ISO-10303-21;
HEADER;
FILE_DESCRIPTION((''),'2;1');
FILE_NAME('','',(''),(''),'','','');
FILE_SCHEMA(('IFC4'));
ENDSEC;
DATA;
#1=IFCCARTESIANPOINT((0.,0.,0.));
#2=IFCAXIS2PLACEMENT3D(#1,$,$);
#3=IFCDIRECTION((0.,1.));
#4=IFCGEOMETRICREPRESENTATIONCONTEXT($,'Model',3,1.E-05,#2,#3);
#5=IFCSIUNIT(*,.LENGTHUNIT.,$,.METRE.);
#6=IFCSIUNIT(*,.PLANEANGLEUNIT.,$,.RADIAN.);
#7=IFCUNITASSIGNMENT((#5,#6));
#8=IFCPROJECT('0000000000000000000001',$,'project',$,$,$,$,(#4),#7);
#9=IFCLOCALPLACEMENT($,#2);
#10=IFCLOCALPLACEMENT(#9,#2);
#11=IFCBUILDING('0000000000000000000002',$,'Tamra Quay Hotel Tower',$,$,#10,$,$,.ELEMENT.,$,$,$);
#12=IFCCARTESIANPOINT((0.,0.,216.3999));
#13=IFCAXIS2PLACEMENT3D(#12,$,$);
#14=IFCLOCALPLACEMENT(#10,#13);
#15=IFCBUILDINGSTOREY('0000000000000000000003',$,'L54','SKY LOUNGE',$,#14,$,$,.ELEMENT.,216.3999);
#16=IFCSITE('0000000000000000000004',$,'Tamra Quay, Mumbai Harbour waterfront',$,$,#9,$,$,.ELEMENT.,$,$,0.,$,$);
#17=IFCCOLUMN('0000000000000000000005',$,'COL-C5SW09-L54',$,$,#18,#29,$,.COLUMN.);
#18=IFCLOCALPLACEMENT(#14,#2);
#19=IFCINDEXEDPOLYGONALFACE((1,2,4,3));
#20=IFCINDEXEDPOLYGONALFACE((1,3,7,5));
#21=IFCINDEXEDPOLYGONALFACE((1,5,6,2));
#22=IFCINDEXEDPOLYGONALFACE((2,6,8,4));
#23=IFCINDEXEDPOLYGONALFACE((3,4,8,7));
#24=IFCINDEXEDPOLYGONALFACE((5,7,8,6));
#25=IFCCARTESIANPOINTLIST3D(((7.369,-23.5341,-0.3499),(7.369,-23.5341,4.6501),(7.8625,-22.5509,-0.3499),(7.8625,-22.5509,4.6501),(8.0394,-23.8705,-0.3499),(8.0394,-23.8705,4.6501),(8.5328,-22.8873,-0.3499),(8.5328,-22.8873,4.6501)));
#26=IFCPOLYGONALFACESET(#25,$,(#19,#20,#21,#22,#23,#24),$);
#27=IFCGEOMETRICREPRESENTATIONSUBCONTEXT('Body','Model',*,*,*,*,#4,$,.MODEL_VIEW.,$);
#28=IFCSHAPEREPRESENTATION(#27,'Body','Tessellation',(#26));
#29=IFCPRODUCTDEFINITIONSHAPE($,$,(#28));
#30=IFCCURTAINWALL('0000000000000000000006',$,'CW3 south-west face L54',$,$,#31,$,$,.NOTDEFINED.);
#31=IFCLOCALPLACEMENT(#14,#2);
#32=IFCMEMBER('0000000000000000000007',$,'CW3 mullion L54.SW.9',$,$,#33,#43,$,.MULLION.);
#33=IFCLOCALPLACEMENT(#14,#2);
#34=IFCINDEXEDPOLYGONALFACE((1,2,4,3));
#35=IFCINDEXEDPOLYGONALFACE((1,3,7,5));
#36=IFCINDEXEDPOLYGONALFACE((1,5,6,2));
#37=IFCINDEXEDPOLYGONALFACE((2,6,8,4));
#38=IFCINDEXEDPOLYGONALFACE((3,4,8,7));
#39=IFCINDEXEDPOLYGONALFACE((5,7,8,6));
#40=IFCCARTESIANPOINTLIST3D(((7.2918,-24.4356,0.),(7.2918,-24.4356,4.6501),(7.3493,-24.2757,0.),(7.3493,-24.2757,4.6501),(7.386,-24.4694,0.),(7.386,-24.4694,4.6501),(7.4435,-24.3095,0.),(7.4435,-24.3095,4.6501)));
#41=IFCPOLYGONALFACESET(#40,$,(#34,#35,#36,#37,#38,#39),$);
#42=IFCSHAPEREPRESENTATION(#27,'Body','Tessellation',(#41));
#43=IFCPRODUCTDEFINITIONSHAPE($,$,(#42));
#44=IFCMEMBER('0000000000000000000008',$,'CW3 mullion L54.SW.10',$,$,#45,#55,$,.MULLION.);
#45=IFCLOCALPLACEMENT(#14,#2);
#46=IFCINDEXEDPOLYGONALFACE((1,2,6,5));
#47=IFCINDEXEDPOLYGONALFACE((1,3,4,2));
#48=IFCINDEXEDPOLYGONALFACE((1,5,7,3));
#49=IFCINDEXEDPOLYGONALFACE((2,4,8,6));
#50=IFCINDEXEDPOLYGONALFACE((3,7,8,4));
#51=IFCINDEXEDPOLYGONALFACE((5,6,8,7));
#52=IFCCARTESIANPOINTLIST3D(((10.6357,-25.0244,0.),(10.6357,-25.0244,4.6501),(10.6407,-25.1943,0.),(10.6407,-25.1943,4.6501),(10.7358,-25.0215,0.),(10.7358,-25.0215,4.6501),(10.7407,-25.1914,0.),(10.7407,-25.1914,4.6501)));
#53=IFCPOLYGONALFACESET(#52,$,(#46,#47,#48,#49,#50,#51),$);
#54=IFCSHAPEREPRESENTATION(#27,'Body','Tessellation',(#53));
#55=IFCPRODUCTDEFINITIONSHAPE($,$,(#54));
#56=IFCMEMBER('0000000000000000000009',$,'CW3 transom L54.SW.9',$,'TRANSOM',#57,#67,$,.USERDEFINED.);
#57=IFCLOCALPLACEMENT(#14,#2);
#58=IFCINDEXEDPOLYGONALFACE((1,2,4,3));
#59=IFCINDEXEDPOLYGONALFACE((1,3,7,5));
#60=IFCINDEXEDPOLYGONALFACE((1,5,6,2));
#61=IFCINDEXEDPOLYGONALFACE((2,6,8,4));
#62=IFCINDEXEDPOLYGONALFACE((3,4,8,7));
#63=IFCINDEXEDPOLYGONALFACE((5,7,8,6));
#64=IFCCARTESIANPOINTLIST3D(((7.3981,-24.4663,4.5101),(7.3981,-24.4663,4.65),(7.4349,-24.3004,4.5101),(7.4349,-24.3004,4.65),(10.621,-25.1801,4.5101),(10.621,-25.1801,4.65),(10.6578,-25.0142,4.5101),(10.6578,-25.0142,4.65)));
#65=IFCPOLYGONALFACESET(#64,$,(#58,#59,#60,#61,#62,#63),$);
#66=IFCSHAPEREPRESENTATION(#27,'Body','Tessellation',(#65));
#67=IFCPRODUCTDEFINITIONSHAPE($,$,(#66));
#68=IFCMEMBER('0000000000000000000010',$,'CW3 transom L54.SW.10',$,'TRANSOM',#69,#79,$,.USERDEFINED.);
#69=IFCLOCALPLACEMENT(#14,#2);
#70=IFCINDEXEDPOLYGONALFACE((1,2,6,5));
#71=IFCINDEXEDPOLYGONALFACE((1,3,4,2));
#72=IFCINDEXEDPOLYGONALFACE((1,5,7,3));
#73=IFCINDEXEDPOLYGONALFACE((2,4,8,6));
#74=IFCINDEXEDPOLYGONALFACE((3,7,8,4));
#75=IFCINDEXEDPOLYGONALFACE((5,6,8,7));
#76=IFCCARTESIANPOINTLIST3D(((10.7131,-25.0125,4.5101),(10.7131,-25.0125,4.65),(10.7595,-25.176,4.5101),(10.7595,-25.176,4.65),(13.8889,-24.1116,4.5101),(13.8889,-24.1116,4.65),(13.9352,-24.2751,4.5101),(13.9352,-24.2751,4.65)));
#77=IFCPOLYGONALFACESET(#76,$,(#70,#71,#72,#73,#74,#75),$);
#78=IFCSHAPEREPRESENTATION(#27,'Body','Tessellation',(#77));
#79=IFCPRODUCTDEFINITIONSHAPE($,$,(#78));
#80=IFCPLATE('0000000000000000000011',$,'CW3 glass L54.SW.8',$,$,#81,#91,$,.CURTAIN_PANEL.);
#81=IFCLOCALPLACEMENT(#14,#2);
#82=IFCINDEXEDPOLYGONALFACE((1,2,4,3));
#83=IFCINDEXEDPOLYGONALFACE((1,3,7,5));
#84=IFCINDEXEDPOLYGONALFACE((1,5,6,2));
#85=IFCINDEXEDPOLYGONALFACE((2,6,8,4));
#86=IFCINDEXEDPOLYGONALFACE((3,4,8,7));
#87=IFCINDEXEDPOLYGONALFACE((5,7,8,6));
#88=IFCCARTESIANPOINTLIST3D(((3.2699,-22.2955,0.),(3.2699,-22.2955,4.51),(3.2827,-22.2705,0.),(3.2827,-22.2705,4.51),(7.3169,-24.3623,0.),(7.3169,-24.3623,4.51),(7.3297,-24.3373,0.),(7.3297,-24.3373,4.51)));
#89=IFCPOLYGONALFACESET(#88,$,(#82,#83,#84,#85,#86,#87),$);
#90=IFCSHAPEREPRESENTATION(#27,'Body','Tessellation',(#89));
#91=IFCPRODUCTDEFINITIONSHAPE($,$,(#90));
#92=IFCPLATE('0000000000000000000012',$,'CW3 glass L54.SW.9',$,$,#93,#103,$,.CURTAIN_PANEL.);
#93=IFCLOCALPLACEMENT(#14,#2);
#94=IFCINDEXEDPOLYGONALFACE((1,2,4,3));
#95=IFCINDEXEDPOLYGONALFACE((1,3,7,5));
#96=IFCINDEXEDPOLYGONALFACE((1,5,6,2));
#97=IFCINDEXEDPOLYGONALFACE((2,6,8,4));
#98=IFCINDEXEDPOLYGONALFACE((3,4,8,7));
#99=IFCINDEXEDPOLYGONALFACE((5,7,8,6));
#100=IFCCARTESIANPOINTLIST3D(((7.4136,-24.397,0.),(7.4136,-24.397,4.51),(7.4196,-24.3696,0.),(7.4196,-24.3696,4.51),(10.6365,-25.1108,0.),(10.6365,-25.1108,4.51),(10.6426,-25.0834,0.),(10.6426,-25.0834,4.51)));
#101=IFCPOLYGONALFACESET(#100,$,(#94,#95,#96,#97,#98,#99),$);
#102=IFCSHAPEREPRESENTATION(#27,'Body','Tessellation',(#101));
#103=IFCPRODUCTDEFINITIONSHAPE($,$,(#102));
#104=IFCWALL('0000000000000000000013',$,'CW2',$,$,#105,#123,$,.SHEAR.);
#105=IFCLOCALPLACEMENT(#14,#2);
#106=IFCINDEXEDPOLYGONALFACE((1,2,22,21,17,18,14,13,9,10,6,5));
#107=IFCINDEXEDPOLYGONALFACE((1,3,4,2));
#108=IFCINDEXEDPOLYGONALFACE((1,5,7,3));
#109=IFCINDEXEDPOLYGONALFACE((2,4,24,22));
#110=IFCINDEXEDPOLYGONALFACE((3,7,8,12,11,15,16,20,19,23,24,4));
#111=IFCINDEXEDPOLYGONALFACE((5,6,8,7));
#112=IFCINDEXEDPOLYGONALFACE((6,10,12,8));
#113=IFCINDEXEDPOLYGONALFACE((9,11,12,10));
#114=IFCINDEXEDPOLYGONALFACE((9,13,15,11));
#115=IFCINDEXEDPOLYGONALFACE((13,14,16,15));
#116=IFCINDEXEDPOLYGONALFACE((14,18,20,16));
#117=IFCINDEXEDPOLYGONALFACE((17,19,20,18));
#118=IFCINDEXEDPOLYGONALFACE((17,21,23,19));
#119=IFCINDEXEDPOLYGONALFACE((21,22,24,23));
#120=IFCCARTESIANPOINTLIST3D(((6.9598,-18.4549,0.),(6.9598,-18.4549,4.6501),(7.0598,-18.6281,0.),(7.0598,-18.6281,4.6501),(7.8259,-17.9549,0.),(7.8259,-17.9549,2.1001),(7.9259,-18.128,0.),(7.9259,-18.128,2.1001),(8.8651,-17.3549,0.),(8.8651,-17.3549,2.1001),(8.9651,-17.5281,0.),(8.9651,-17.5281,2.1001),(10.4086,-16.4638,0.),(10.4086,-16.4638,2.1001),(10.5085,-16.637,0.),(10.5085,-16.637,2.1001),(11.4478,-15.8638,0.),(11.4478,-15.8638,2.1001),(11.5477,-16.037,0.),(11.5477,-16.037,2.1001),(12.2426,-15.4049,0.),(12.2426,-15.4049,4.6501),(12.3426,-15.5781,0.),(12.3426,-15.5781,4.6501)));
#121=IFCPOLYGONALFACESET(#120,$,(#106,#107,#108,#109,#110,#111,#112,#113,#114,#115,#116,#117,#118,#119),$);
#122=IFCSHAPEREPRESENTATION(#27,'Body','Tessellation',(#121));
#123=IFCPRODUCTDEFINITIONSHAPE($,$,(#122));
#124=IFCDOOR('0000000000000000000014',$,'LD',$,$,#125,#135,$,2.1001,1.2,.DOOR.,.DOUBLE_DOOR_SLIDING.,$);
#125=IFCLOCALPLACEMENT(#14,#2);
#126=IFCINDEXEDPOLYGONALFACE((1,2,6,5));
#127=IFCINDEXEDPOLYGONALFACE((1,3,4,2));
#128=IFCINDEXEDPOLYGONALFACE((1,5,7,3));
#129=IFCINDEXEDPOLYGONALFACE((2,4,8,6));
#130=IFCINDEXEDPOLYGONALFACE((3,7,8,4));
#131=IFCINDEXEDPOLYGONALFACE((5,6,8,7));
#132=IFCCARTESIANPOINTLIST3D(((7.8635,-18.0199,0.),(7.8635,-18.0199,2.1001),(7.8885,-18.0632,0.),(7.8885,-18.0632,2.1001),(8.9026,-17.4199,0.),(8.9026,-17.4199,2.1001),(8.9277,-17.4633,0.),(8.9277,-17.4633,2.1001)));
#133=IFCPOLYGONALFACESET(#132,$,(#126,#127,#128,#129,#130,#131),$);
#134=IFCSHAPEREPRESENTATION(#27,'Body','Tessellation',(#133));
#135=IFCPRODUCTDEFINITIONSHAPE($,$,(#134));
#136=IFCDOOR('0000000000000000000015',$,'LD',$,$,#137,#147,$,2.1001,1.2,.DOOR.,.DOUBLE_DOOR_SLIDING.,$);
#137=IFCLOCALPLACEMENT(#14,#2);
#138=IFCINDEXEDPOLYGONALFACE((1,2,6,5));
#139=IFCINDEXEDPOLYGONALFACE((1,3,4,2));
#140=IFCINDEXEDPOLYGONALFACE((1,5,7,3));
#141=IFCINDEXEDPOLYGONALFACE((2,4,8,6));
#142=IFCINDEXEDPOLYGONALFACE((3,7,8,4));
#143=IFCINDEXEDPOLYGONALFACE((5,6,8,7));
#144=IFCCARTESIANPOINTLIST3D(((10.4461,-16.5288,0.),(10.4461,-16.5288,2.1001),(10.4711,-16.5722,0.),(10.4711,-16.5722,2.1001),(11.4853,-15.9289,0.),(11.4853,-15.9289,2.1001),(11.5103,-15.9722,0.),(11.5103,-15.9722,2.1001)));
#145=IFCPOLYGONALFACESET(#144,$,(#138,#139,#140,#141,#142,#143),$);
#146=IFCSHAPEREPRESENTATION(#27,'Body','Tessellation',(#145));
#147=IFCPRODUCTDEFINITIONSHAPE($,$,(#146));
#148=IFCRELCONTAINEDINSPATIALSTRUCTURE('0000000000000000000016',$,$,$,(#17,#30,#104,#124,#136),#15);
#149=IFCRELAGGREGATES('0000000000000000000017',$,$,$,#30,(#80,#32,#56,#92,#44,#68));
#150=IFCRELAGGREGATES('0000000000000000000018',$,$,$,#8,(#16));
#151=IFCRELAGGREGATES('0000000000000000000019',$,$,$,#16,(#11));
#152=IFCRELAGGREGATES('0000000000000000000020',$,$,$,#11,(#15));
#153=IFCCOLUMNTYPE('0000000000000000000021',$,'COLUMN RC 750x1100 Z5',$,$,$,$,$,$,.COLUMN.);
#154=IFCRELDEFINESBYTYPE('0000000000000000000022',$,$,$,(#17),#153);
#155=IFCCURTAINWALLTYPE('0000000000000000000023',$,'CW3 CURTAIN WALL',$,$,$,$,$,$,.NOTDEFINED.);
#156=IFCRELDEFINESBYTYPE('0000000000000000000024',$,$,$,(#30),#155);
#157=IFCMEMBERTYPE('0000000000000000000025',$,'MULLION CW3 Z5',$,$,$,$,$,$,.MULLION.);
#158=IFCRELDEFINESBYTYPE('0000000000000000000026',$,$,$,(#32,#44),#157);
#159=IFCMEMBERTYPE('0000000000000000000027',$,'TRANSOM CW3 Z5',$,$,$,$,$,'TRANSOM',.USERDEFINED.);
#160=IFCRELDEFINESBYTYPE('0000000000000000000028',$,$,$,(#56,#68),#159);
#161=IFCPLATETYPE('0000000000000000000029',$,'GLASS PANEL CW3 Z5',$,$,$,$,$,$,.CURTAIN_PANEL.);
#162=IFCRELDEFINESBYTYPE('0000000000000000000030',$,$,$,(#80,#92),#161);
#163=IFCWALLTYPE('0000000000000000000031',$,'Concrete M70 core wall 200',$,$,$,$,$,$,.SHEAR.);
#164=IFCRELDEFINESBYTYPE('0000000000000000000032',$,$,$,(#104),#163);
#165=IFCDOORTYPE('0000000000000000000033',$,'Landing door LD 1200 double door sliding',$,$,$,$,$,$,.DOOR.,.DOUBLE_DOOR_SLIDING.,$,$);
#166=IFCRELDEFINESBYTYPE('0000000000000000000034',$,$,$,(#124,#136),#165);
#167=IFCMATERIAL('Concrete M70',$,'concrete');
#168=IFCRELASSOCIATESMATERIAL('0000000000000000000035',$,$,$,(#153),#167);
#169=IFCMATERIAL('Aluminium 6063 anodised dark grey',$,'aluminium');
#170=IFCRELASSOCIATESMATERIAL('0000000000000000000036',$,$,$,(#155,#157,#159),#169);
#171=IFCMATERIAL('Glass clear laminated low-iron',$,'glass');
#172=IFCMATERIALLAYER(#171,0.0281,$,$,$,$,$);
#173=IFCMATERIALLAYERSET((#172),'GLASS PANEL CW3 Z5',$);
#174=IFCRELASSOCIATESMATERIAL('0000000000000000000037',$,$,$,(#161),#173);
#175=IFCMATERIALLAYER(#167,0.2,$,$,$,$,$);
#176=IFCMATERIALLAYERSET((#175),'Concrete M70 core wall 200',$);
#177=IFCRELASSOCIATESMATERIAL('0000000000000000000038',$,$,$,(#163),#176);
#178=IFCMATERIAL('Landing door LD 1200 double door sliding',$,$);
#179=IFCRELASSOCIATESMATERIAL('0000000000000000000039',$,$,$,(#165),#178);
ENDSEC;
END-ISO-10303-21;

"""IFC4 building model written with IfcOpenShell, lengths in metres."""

from ifc_helpers import new_model, si_unit, direction, frame, frame_2d, origin, origin_2d, place, context, subcontext, project, spatial, rectangle, extrude, material, layer, layer_set, material_profile, profile_set, type_object, element, fill, aggregate, save


model = new_model("IFC4")

# Units and contexts
model_context = context("Model", 3, precision=1e-05, world=origin(), true_north=direction((0.0, 1.0)))
body_context = subcontext(model_context, "Body", "Model", "MODEL_VIEW")
ifc_project = project(units=[si_unit("LENGTHUNIT", "METRE"), si_unit("PLANEANGLEUNIT", "RADIAN")], contexts=[model_context])

# Site, building, storey
site_placement = place(None, origin())
site = spatial("IfcSite", under=ifc_project, at=site_placement, Name="Tamra Quay, Mumbai Harbour waterfront", CompositionType="ELEMENT", RefElevation=0.0)
building_placement = place(site_placement, origin())
building = spatial("IfcBuilding", under=site, at=building_placement, Name="Tamra Quay Hotel Tower", CompositionType="ELEMENT")
storey_placement = place(building_placement, frame((0.0, 0.0, 216.3999)))
storey = spatial("IfcBuildingStorey", under=building, at=storey_placement, Name="L54", Description="SKY LOUNGE", CompositionType="ELEMENT", Elevation=216.3999)

# Column
ifc_material_1 = material(Name="Concrete M70", Category="concrete")
ifc_material_profile_1 = material_profile(ifc_material_1, rectangle(XDim=1.1001, YDim=0.75, at=origin_2d()), Name="COLUMN RC 750x1100 Z5")
ifc_profile_set_1 = profile_set([ifc_material_profile_1], Name="Concrete M70")
column_type = type_object("IfcColumnType", Name="COLUMN RC 750x1100 Z5", PredefinedType="COLUMN", material=ifc_profile_set_1)
column_placement = place(storey_placement, frame((7.9509, -23.2107, -0.3499), z_axis=(0.0, 0.0, 1.0), x_axis=(0.448553, 0.893756, 0.0)))
element("IfcColumn", 1, at=column_placement, inside=storey, type_object=column_type, Name="COL-C5SW09-L54", PredefinedType="COLUMN", context=body_context, shape_type="SweptSolid", body=[
    extrude(rectangle(XDim=1.1001, YDim=0.75, at=origin_2d()), origin(), (0.0, 0.0, 1.0), 5.0),
])

# Curtain wall, members, plates
ifc_material_2 = material(Name="Aluminium 6063 anodised dark grey", Category="aluminium")
curtain_wall_type = type_object("IfcCurtainWallType", Name="CW3 CURTAIN WALL", PredefinedType="NOTDEFINED", material=ifc_material_2)
curtain_wall_placement = place(storey_placement, origin())
curtain_wall = element("IfcCurtainWall", 2, at=curtain_wall_placement, inside=storey, type_object=curtain_wall_type, Name="CW3 south-west face L54", PredefinedType="NOTDEFINED")
ifc_material_profile_2 = material_profile(ifc_material_2, rectangle(XDim=0.1699, YDim=0.1001, at=origin_2d()), Name="MULLION 100X170")
ifc_profile_set_2 = profile_set([ifc_material_profile_2], Name="Aluminium 6063 anodised dark grey")
member_type_1 = type_object("IfcMemberType", Name="MULLION CW3 Z5", PredefinedType="MULLION", material=ifc_profile_set_2)
member_1_placement = place(storey_placement, frame((7.3677, -24.3726, 0.0), z_axis=(0.0, 0.0, 1.0), x_axis=(-0.338259, -0.941053, 0.0)))
member_1 = element("IfcMember", 3, at=member_1_placement, type_object=member_type_1, Name="CW3 mullion L54.SW.9", PredefinedType="MULLION", context=body_context, shape_type="SweptSolid", body=[
    extrude(rectangle(XDim=0.1699, YDim=0.1001, at=origin_2d()), origin(), (0.0, 0.0, 1.0), 4.6501),
])
member_2_placement = place(storey_placement, frame((10.6882, -25.1079, 0.0), z_axis=(0.0, 0.0, 1.0), x_axis=(0.029223, -0.999573, 0.0)))
member_2 = element("IfcMember", 4, at=member_2_placement, type_object=member_type_1, Name="CW3 mullion L54.SW.10", PredefinedType="MULLION", context=body_context, shape_type="SweptSolid", body=[
    extrude(rectangle(XDim=0.1699, YDim=0.1001, at=origin_2d()), origin(), (0.0, 0.0, 1.0), 4.6501),
])
ifc_material_profile_3 = material_profile(ifc_material_2, rectangle(XDim=0.1699, YDim=0.1399, at=origin_2d()), Name="TRANSOM 170X140")
ifc_profile_set_3 = profile_set([ifc_material_profile_3], Name="Aluminium 6063 anodised dark grey")
member_type_2 = type_object("IfcMemberType", Name="TRANSOM CW3 Z5", ElementType="TRANSOM", PredefinedType="USERDEFINED", material=ifc_profile_set_3)
member_3_placement = place(storey_placement, frame((7.4165, -24.3833, 4.5801), z_axis=(0.976336, -0.216257, 0.0), x_axis=(0.216257, 0.976336, 0.0)))
member_3 = element("IfcMember", 5, at=member_3_placement, type_object=member_type_2, Name="CW3 transom L54.SW.9", ObjectType="TRANSOM", PredefinedType="USERDEFINED", context=body_context, shape_type="SweptSolid", body=[
    extrude(rectangle(XDim=0.1699, YDim=0.1399, at=origin_2d()), origin(), (0.0, 0.0, 1.0), 3.301),
])
member_4_placement = place(storey_placement, frame((10.7363, -25.0942, 4.5801), z_axis=(0.962041, 0.272904, 0.0), x_axis=(-0.272904, 0.962041, 0.0)))
member_4 = element("IfcMember", 6, at=member_4_placement, type_object=member_type_2, Name="CW3 transom L54.SW.10", ObjectType="TRANSOM", PredefinedType="USERDEFINED", context=body_context, shape_type="SweptSolid", body=[
    extrude(rectangle(XDim=0.1699, YDim=0.1399, at=origin_2d()), origin(), (0.0, 0.0, 1.0), 3.301),
])
ifc_material_3 = material(Name="Glass clear laminated low-iron", Category="glass")
ifc_layer_1 = layer(ifc_material_3, 0.0281)
ifc_layer_set_1 = layer_set([ifc_layer_1], Name="GLASS PANEL CW3 Z5")
plate_type = type_object("IfcPlateType", Name="GLASS PANEL CW3 Z5", PredefinedType="CURTAIN_PANEL", material=ifc_layer_set_1)
plate_1_placement = place(storey_placement, frame((5.2998, -23.3164, 0.0), z_axis=(0.0, 0.0, 1.0), x_axis=(0.890582, -0.454822, 0.0)))
plate_1 = element("IfcPlate", 7, at=plate_1_placement, type_object=plate_type, Name="CW3 glass L54.SW.8", PredefinedType="CURTAIN_PANEL", context=body_context, shape_type="SweptSolid", body=[
    extrude(rectangle(XDim=4.5442, YDim=0.0281, at=origin_2d()), origin(), (0.0, 0.0, 1.0), 4.51),
])
plate_2_placement = place(storey_placement, frame((9.0281, -24.7402, 0.0), z_axis=(0.0, 0.0, 1.0), x_axis=(0.976341, -0.216238, 0.0)))
plate_2 = element("IfcPlate", 8, at=plate_2_placement, type_object=plate_type, Name="CW3 glass L54.SW.9", PredefinedType="CURTAIN_PANEL", context=body_context, shape_type="SweptSolid", body=[
    extrude(rectangle(XDim=3.301, YDim=0.0281, at=origin_2d()), origin(), (0.0, 0.0, 1.0), 4.51),
])
aggregate(curtain_wall, [plate_1, member_1, member_3, plate_2, member_2, member_4])

# Wall, openings, doors
ifc_layer_2 = layer(ifc_material_1, 0.2)
ifc_layer_set_2 = layer_set([ifc_layer_2], Name="Concrete M70 core wall 200")
wall_type_1 = type_object("IfcWallType", Name="Concrete M70 core wall 200", PredefinedType="SHEAR", material=ifc_layer_set_2)
wall_1_placement = place(storey_placement, frame((7.0098, -18.5415, 0.0), z_axis=(0.0, 0.0, 1.0), x_axis=(0.86603, 0.499992, 0.0)))
wall_1 = element("IfcWall", 9, at=wall_1_placement, inside=storey, type_object=wall_type_1, Name="CW2", PredefinedType="SHEAR", context=body_context, shape_type="SweptSolid", body=[
    extrude(rectangle(XDim=6.1001, YDim=0.2, at=frame_2d((3.05, 0.0))), origin(), (0.0, 0.0, 1.0), 4.6501),
])
opening_1_placement = place(wall_1_placement, frame((1.0, 0.0, 0.0)))
opening_1 = element("IfcOpeningElement", 10, at=opening_1_placement, cuts=wall_1, PredefinedType="OPENING", context=body_context, shape_type="SweptSolid", body=[
    extrude(rectangle(XDim=1.2, YDim=2.1001, at=frame_2d((0.6001, 1.05))), frame((0.0, 0.1099, 0.0), z_axis=(0.0, -1.0, 0.0), x_axis=(1.0, 0.0, 0.0)), (0.0, 0.0, 1.0), 0.22),
])
opening_2_placement = place(wall_1_placement, frame((3.9822, 0.0, 0.0)))
opening_2 = element("IfcOpeningElement", 11, at=opening_2_placement, cuts=wall_1, PredefinedType="OPENING", context=body_context, shape_type="SweptSolid", body=[
    extrude(rectangle(XDim=1.2, YDim=2.1001, at=frame_2d((0.6001, 1.05))), frame((0.0, 0.1099, 0.0), z_axis=(0.0, -1.0, 0.0), x_axis=(1.0, 0.0, 0.0)), (0.0, 0.0, 1.0), 0.22),
])
ifc_material_4 = material(Name="Landing door LD 1200 double door sliding")
door_type_1 = type_object("IfcDoorType", Name="Landing door LD 1200 double door sliding", OperationType="DOUBLE_DOOR_SLIDING", PredefinedType="DOOR", material=ifc_material_4)
door_1_placement = place(opening_1_placement, origin())
door_1 = element("IfcDoor", 12, at=door_1_placement, inside=storey, type_object=door_type_1, Name="LD", OperationType="DOUBLE_DOOR_SLIDING", OverallHeight=2.1001, OverallWidth=1.2, PredefinedType="DOOR", context=body_context, shape_type="SweptSolid", body=[
    extrude(rectangle(XDim=1.2, YDim=2.1001, at=frame_2d((0.6001, 1.05))), frame((0.0, 0.0249, 0.0), z_axis=(0.0, -1.0, 0.0), x_axis=(1.0, 0.0, 0.0)), (0.0, 0.0, 1.0), 0.05),
])
fill(opening_1, door_1)
door_2_placement = place(opening_2_placement, origin())
door_2 = element("IfcDoor", 13, at=door_2_placement, inside=storey, type_object=door_type_1, Name="LD", OperationType="DOUBLE_DOOR_SLIDING", OverallHeight=2.1001, OverallWidth=1.2, PredefinedType="DOOR", context=body_context, shape_type="SweptSolid", body=[
    extrude(rectangle(XDim=1.2, YDim=2.1001, at=frame_2d((0.6001, 1.05))), frame((0.0, 0.0249, 0.0), z_axis=(0.0, -1.0, 0.0), x_axis=(1.0, 0.0, 0.0)), (0.0, 0.0, 1.0), 0.05),
])
fill(opening_2, door_2)

save(model, "model.ifc")
